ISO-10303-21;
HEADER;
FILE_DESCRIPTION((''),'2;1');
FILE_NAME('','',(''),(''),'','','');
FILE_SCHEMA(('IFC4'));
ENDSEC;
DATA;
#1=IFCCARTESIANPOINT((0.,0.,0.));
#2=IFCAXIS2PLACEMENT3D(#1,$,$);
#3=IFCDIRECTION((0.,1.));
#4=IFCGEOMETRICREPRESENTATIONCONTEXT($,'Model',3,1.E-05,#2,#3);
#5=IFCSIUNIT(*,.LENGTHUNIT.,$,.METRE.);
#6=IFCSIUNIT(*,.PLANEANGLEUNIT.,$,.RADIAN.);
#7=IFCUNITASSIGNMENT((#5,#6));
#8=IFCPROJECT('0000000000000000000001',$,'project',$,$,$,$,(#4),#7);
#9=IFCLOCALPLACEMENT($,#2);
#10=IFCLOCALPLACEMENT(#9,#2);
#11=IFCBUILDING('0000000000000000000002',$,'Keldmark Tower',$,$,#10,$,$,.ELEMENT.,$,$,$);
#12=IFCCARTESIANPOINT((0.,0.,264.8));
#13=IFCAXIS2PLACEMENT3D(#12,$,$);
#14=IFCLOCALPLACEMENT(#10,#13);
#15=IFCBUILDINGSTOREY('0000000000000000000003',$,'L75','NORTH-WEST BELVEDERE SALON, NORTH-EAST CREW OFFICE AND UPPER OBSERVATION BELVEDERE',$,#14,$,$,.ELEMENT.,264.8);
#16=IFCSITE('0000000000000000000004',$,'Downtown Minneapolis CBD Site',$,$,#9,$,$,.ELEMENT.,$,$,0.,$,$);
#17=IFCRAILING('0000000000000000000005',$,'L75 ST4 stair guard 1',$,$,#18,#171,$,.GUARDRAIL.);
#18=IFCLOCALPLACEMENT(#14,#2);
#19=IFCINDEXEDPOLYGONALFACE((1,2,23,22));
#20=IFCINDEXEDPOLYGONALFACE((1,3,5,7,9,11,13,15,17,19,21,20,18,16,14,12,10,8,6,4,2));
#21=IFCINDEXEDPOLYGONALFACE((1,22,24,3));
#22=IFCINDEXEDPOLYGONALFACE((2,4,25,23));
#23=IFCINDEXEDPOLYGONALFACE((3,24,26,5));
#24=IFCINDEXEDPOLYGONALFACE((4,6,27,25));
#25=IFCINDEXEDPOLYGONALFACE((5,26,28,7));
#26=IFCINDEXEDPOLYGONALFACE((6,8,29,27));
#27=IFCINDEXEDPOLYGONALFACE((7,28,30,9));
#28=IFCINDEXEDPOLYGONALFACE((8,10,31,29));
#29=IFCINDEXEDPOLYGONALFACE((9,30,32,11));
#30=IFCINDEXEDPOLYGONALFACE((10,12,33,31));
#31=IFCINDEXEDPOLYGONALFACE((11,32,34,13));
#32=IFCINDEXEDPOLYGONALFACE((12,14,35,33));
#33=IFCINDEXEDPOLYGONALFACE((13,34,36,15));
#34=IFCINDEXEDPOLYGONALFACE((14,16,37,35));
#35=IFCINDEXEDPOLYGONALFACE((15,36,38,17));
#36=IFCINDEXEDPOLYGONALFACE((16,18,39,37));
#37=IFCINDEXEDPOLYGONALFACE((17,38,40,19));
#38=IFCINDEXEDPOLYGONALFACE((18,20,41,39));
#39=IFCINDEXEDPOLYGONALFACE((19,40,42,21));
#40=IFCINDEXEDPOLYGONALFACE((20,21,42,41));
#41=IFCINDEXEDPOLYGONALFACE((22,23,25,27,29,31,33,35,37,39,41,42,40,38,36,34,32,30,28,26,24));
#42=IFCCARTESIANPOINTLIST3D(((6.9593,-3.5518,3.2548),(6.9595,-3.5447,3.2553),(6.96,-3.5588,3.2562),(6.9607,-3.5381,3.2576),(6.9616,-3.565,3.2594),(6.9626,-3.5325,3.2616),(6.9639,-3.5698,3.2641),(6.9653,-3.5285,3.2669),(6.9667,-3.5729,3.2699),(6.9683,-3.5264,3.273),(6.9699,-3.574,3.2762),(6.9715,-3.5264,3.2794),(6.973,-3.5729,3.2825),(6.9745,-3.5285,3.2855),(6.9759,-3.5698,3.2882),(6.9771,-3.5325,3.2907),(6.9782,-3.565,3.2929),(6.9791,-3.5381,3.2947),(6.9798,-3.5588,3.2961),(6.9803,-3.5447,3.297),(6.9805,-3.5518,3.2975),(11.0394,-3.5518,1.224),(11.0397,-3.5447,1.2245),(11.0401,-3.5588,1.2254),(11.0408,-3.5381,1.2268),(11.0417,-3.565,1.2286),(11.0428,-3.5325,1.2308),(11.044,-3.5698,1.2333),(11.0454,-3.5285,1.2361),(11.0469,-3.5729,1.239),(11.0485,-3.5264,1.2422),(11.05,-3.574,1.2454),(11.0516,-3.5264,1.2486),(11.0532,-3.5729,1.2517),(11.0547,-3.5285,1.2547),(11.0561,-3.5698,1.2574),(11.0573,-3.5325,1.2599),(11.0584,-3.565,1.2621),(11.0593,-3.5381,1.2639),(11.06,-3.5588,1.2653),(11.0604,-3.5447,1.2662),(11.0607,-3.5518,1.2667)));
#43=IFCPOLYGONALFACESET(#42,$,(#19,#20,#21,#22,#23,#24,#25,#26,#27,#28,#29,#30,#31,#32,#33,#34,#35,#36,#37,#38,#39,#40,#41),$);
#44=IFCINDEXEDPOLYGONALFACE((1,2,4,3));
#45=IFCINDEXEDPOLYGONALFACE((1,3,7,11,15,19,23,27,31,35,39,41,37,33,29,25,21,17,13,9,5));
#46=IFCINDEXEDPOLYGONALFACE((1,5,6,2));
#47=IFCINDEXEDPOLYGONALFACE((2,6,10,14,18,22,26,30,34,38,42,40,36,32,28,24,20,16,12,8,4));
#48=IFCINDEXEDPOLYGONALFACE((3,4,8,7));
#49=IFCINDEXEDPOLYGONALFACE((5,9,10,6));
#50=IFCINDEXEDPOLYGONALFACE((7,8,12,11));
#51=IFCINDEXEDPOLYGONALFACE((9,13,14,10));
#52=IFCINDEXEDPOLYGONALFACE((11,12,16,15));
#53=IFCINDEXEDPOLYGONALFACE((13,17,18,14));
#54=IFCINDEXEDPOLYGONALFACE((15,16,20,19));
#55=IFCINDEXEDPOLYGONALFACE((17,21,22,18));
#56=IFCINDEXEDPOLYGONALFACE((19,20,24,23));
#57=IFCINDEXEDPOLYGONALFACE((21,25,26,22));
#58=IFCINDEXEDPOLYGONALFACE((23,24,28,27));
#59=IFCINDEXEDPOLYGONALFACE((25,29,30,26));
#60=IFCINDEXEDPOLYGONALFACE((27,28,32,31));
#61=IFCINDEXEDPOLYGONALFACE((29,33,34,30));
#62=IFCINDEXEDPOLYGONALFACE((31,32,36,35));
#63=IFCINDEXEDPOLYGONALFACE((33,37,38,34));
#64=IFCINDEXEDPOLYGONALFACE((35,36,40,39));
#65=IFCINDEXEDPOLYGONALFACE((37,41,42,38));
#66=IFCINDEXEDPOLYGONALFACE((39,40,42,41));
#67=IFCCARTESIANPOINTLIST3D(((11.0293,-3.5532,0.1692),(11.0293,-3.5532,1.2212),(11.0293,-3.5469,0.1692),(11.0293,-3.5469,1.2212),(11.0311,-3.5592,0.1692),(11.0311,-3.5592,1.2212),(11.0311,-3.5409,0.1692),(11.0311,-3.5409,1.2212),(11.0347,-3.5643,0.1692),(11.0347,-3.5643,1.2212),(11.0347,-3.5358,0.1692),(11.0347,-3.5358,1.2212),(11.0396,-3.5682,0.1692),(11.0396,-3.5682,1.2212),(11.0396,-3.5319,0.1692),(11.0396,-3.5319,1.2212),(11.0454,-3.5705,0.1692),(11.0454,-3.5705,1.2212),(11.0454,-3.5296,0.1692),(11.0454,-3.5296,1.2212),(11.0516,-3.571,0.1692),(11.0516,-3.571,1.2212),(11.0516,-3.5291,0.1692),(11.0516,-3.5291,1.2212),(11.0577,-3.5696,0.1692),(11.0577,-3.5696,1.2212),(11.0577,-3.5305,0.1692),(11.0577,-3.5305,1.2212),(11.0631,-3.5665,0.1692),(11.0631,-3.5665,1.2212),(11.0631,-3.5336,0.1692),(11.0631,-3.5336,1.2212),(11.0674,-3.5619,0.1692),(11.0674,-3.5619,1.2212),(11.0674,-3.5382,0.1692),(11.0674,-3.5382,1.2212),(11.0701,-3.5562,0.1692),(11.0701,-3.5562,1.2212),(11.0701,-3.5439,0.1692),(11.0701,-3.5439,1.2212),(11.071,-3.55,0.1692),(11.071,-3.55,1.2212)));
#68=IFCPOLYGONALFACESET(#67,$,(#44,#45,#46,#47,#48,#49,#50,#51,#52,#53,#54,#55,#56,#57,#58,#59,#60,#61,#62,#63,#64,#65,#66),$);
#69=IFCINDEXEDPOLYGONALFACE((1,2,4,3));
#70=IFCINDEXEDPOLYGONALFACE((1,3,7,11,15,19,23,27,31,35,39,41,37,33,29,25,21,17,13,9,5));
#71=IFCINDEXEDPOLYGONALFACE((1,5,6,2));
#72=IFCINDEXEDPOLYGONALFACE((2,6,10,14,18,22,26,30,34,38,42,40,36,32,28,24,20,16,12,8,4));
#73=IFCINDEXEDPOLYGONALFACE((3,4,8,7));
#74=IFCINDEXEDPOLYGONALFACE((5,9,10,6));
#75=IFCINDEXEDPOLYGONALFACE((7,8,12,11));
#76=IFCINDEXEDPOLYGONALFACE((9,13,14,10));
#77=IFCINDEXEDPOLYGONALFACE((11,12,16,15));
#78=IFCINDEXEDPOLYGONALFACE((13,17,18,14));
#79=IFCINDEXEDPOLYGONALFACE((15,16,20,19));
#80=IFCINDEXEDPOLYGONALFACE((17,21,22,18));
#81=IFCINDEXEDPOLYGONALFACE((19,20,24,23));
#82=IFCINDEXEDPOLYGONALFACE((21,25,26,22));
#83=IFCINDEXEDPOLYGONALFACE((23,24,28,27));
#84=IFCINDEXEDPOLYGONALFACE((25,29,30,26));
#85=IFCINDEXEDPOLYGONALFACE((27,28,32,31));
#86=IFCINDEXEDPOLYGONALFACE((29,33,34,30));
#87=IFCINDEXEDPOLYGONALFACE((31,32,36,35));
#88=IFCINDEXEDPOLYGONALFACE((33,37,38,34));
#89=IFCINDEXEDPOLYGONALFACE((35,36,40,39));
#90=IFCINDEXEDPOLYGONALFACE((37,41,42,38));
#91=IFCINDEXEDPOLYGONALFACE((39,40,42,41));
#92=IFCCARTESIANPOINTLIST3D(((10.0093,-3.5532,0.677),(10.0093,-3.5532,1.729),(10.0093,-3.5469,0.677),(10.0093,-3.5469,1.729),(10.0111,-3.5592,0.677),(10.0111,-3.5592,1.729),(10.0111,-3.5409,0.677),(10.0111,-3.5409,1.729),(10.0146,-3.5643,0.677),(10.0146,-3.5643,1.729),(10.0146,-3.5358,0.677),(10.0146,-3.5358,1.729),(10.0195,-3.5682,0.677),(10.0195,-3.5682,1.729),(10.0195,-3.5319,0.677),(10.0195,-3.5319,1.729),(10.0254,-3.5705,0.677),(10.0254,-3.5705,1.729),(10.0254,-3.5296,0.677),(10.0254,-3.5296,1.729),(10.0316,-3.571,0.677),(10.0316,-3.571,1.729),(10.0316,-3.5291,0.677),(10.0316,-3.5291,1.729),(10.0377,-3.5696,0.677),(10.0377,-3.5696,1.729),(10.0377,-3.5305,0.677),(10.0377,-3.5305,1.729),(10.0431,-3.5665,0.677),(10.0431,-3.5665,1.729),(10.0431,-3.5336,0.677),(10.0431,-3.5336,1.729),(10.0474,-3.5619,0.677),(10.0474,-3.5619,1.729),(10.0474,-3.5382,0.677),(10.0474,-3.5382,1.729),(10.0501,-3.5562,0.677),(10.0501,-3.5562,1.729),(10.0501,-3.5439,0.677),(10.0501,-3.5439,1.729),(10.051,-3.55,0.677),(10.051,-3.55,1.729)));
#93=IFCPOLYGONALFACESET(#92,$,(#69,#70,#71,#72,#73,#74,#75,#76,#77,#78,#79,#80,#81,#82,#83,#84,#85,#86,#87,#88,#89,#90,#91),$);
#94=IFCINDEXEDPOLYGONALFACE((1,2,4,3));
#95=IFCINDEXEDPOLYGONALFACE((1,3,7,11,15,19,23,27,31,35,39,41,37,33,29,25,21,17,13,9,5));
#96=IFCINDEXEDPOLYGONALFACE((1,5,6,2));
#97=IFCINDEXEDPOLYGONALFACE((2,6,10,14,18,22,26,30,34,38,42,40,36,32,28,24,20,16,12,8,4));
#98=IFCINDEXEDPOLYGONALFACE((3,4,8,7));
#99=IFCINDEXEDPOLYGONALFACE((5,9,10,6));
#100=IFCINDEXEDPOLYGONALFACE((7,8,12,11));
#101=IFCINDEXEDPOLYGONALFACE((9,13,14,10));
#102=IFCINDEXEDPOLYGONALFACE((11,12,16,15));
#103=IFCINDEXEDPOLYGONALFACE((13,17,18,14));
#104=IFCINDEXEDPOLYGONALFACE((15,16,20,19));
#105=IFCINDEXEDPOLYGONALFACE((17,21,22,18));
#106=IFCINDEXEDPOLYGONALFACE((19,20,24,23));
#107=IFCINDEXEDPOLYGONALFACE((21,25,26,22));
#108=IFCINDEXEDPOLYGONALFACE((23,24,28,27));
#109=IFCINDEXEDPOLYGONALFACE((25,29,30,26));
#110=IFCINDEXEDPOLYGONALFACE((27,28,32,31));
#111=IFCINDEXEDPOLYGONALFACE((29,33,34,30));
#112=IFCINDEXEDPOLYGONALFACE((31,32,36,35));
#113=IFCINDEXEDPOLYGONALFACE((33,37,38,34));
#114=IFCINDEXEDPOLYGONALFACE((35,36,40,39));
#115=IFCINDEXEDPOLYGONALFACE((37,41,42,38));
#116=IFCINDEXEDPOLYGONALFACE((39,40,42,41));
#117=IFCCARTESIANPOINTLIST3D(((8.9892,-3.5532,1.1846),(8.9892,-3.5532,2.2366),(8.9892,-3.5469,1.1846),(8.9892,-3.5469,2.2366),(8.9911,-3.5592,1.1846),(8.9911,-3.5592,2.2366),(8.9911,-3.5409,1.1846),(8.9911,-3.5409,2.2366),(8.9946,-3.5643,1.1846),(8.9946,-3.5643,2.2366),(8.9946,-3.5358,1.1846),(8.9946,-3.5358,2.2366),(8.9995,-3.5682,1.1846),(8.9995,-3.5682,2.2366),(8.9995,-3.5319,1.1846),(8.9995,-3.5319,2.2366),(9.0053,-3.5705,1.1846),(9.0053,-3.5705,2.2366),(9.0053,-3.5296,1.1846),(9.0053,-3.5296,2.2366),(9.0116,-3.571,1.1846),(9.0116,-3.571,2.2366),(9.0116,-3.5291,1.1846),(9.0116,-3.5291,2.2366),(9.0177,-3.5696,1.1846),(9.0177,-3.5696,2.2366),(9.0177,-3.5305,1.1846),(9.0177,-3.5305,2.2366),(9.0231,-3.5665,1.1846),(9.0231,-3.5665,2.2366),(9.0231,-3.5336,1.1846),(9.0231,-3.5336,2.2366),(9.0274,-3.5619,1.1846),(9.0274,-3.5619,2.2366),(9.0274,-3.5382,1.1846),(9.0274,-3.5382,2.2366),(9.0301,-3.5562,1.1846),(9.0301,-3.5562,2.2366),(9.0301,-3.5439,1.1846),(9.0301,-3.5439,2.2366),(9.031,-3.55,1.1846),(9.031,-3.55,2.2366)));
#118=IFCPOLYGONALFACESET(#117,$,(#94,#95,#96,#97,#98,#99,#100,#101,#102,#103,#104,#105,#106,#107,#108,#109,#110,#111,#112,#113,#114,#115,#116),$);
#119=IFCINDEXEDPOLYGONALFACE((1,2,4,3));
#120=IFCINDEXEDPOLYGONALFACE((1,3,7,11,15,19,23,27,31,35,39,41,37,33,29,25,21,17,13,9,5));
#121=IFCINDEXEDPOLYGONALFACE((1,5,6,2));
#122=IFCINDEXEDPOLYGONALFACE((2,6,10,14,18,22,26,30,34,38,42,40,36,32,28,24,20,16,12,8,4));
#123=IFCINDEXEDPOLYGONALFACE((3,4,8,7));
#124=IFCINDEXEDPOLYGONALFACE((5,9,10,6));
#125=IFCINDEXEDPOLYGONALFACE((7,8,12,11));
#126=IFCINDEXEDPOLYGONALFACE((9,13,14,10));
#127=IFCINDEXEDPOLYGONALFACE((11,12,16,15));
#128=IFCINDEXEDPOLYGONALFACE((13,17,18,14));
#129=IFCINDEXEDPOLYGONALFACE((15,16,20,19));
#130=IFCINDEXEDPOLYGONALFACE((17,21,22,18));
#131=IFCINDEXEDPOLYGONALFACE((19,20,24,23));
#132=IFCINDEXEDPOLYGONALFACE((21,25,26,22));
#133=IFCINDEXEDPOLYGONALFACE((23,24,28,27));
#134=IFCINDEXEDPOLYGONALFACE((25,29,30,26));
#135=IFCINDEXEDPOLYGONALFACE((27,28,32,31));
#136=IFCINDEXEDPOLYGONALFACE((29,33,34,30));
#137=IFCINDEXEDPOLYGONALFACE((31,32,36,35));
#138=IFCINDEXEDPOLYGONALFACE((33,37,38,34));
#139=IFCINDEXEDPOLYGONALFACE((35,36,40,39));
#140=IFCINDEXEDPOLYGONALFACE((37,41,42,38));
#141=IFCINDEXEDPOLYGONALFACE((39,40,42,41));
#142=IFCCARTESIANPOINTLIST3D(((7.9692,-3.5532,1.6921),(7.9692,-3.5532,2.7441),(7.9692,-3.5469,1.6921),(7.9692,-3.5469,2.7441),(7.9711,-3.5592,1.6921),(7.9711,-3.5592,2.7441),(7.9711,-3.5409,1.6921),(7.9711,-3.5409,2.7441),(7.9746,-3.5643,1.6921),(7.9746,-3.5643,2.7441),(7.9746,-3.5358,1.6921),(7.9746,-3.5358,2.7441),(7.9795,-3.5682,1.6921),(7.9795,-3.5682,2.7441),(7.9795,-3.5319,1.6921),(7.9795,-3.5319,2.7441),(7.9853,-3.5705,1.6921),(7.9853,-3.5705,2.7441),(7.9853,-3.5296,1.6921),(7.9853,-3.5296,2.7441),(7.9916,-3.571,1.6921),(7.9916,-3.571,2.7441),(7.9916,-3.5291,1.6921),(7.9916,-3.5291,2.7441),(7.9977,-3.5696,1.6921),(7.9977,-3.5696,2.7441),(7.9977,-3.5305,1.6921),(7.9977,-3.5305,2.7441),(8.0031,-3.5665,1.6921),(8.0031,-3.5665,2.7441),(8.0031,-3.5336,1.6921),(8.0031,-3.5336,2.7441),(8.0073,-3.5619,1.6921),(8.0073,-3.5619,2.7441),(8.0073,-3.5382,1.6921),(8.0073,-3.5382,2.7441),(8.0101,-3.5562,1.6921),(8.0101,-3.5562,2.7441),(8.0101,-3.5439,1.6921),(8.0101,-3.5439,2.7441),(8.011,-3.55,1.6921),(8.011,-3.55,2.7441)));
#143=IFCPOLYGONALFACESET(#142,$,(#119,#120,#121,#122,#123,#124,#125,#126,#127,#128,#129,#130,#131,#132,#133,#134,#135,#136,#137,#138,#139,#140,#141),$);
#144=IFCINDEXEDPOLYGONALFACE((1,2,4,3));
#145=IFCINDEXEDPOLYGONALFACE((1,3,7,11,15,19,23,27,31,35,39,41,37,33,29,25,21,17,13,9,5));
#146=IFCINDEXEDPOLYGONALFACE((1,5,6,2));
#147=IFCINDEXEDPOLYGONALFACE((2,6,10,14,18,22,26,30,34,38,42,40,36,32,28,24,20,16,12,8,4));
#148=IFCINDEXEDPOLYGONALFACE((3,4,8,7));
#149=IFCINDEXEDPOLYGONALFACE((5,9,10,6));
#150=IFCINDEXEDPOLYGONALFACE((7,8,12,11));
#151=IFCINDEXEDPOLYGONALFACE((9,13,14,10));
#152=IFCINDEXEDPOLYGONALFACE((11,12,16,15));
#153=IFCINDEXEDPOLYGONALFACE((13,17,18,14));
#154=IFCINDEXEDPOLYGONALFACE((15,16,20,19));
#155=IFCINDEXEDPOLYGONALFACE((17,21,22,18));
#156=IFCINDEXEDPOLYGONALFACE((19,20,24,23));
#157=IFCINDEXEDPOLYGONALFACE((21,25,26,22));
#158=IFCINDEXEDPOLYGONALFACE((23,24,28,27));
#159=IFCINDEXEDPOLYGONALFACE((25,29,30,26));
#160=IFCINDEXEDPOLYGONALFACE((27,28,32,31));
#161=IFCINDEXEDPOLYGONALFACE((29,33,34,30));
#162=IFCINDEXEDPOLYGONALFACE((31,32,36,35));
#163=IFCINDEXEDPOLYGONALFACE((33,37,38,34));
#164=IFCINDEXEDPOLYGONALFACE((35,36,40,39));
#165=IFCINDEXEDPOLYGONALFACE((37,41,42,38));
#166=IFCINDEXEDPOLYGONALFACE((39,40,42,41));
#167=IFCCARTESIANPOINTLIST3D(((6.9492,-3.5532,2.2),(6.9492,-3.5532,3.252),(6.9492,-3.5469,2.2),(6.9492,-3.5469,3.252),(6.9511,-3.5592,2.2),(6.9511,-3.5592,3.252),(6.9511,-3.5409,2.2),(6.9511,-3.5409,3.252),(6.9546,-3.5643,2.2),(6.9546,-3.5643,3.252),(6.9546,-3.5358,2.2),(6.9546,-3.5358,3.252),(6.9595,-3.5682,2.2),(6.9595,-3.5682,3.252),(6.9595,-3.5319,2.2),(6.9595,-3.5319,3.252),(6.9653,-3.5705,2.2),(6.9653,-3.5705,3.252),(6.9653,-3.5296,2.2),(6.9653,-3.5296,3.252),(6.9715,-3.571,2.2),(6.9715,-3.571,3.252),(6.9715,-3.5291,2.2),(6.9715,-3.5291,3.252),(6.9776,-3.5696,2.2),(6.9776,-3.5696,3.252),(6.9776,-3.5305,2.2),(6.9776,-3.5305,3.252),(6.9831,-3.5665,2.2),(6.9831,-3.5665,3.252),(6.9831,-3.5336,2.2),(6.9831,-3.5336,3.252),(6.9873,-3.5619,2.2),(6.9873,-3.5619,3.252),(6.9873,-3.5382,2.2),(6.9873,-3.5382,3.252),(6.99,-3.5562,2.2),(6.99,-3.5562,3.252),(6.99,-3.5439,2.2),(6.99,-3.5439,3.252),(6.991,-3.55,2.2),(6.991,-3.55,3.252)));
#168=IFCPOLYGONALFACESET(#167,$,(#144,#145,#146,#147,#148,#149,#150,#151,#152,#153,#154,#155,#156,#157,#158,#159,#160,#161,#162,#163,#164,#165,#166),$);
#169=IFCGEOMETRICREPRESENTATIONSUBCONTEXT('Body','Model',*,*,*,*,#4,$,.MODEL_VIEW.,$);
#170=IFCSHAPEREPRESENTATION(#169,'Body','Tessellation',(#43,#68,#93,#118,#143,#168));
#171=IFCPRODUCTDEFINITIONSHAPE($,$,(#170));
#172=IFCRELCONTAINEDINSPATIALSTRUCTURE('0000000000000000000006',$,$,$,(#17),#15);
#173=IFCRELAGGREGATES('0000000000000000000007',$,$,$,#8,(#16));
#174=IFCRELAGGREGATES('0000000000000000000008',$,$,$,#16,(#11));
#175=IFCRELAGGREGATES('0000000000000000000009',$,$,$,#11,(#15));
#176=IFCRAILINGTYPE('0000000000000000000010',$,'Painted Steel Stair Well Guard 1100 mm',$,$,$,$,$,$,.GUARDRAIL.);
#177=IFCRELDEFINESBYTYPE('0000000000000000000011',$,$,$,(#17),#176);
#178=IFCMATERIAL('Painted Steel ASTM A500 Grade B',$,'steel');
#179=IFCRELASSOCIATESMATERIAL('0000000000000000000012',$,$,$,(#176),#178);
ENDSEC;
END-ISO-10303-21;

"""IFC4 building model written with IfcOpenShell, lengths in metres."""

from ifc_helpers import new_model, si_unit, direction, frame, origin, origin_2d, place, context, subcontext, project, spatial, circle, extrude, material, type_object, element, save


model = new_model("IFC4")

# Units and contexts
model_context = context("Model", 3, precision=1e-05, world=origin(), true_north=direction((0.0, 1.0)))
body_context = subcontext(model_context, "Body", "Model", "MODEL_VIEW")
ifc_project = project(units=[si_unit("LENGTHUNIT", "METRE"), si_unit("PLANEANGLEUNIT", "RADIAN")], contexts=[model_context])

# Site, building, storey
site_placement = place(None, origin())
site = spatial("IfcSite", under=ifc_project, at=site_placement, Name="Downtown Minneapolis CBD Site", CompositionType="ELEMENT", RefElevation=0.0)
building_placement = place(site_placement, origin())
building = spatial("IfcBuilding", under=site, at=building_placement, Name="Keldmark Tower", CompositionType="ELEMENT")
storey_placement = place(building_placement, frame((0.0, 0.0, 264.8)))
storey = spatial("IfcBuildingStorey", under=building, at=storey_placement, Name="L75", Description="NORTH-WEST BELVEDERE SALON, NORTH-EAST CREW OFFICE AND UPPER OBSERVATION BELVEDERE", CompositionType="ELEMENT", Elevation=264.8)

# Railing
ifc_material_1 = material(Name="Painted Steel ASTM A500 Grade B", Category="steel")
railing_type_1 = type_object("IfcRailingType", Name="Painted Steel Stair Well Guard 1100 mm", PredefinedType="GUARDRAIL", material=ifc_material_1)
railing_1_placement = place(storey_placement, frame((11.05, -3.55, 0.1692)))
element("IfcRailing", 1, at=railing_1_placement, inside=storey, type_object=railing_type_1, Name="L75 ST4 stair guard 1", PredefinedType="GUARDRAIL", context=body_context, shape_type="SweptSolid", body=[
    extrude(circle(Radius=0.0239, at=origin_2d()), frame((0.0, 0.0, 1.0762), z_axis=(-0.89524, 0.0, 0.445584), x_axis=(0.0, -1.0, 0.0)), (0.0, 0.0, 1.0), 4.5576),
    extrude(circle(Radius=0.021, at=origin_2d()), origin(), (0.0, 0.0, 1.0), 1.052),
    extrude(circle(Radius=0.021, at=origin_2d()), frame((-1.02, 0.0, 0.5078)), (0.0, 0.0, 1.0), 1.052),
    extrude(circle(Radius=0.021, at=origin_2d()), frame((-2.04, 0.0, 1.0154)), (0.0, 0.0, 1.0), 1.052),
    extrude(circle(Radius=0.021, at=origin_2d()), frame((-3.0601, 0.0, 1.5229)), (0.0, 0.0, 1.0), 1.052),
    extrude(circle(Radius=0.021, at=origin_2d()), frame((-4.0801, 0.0, 2.0308)), (0.0, 0.0, 1.0), 1.052),
])

save(model, "model.ifc")
